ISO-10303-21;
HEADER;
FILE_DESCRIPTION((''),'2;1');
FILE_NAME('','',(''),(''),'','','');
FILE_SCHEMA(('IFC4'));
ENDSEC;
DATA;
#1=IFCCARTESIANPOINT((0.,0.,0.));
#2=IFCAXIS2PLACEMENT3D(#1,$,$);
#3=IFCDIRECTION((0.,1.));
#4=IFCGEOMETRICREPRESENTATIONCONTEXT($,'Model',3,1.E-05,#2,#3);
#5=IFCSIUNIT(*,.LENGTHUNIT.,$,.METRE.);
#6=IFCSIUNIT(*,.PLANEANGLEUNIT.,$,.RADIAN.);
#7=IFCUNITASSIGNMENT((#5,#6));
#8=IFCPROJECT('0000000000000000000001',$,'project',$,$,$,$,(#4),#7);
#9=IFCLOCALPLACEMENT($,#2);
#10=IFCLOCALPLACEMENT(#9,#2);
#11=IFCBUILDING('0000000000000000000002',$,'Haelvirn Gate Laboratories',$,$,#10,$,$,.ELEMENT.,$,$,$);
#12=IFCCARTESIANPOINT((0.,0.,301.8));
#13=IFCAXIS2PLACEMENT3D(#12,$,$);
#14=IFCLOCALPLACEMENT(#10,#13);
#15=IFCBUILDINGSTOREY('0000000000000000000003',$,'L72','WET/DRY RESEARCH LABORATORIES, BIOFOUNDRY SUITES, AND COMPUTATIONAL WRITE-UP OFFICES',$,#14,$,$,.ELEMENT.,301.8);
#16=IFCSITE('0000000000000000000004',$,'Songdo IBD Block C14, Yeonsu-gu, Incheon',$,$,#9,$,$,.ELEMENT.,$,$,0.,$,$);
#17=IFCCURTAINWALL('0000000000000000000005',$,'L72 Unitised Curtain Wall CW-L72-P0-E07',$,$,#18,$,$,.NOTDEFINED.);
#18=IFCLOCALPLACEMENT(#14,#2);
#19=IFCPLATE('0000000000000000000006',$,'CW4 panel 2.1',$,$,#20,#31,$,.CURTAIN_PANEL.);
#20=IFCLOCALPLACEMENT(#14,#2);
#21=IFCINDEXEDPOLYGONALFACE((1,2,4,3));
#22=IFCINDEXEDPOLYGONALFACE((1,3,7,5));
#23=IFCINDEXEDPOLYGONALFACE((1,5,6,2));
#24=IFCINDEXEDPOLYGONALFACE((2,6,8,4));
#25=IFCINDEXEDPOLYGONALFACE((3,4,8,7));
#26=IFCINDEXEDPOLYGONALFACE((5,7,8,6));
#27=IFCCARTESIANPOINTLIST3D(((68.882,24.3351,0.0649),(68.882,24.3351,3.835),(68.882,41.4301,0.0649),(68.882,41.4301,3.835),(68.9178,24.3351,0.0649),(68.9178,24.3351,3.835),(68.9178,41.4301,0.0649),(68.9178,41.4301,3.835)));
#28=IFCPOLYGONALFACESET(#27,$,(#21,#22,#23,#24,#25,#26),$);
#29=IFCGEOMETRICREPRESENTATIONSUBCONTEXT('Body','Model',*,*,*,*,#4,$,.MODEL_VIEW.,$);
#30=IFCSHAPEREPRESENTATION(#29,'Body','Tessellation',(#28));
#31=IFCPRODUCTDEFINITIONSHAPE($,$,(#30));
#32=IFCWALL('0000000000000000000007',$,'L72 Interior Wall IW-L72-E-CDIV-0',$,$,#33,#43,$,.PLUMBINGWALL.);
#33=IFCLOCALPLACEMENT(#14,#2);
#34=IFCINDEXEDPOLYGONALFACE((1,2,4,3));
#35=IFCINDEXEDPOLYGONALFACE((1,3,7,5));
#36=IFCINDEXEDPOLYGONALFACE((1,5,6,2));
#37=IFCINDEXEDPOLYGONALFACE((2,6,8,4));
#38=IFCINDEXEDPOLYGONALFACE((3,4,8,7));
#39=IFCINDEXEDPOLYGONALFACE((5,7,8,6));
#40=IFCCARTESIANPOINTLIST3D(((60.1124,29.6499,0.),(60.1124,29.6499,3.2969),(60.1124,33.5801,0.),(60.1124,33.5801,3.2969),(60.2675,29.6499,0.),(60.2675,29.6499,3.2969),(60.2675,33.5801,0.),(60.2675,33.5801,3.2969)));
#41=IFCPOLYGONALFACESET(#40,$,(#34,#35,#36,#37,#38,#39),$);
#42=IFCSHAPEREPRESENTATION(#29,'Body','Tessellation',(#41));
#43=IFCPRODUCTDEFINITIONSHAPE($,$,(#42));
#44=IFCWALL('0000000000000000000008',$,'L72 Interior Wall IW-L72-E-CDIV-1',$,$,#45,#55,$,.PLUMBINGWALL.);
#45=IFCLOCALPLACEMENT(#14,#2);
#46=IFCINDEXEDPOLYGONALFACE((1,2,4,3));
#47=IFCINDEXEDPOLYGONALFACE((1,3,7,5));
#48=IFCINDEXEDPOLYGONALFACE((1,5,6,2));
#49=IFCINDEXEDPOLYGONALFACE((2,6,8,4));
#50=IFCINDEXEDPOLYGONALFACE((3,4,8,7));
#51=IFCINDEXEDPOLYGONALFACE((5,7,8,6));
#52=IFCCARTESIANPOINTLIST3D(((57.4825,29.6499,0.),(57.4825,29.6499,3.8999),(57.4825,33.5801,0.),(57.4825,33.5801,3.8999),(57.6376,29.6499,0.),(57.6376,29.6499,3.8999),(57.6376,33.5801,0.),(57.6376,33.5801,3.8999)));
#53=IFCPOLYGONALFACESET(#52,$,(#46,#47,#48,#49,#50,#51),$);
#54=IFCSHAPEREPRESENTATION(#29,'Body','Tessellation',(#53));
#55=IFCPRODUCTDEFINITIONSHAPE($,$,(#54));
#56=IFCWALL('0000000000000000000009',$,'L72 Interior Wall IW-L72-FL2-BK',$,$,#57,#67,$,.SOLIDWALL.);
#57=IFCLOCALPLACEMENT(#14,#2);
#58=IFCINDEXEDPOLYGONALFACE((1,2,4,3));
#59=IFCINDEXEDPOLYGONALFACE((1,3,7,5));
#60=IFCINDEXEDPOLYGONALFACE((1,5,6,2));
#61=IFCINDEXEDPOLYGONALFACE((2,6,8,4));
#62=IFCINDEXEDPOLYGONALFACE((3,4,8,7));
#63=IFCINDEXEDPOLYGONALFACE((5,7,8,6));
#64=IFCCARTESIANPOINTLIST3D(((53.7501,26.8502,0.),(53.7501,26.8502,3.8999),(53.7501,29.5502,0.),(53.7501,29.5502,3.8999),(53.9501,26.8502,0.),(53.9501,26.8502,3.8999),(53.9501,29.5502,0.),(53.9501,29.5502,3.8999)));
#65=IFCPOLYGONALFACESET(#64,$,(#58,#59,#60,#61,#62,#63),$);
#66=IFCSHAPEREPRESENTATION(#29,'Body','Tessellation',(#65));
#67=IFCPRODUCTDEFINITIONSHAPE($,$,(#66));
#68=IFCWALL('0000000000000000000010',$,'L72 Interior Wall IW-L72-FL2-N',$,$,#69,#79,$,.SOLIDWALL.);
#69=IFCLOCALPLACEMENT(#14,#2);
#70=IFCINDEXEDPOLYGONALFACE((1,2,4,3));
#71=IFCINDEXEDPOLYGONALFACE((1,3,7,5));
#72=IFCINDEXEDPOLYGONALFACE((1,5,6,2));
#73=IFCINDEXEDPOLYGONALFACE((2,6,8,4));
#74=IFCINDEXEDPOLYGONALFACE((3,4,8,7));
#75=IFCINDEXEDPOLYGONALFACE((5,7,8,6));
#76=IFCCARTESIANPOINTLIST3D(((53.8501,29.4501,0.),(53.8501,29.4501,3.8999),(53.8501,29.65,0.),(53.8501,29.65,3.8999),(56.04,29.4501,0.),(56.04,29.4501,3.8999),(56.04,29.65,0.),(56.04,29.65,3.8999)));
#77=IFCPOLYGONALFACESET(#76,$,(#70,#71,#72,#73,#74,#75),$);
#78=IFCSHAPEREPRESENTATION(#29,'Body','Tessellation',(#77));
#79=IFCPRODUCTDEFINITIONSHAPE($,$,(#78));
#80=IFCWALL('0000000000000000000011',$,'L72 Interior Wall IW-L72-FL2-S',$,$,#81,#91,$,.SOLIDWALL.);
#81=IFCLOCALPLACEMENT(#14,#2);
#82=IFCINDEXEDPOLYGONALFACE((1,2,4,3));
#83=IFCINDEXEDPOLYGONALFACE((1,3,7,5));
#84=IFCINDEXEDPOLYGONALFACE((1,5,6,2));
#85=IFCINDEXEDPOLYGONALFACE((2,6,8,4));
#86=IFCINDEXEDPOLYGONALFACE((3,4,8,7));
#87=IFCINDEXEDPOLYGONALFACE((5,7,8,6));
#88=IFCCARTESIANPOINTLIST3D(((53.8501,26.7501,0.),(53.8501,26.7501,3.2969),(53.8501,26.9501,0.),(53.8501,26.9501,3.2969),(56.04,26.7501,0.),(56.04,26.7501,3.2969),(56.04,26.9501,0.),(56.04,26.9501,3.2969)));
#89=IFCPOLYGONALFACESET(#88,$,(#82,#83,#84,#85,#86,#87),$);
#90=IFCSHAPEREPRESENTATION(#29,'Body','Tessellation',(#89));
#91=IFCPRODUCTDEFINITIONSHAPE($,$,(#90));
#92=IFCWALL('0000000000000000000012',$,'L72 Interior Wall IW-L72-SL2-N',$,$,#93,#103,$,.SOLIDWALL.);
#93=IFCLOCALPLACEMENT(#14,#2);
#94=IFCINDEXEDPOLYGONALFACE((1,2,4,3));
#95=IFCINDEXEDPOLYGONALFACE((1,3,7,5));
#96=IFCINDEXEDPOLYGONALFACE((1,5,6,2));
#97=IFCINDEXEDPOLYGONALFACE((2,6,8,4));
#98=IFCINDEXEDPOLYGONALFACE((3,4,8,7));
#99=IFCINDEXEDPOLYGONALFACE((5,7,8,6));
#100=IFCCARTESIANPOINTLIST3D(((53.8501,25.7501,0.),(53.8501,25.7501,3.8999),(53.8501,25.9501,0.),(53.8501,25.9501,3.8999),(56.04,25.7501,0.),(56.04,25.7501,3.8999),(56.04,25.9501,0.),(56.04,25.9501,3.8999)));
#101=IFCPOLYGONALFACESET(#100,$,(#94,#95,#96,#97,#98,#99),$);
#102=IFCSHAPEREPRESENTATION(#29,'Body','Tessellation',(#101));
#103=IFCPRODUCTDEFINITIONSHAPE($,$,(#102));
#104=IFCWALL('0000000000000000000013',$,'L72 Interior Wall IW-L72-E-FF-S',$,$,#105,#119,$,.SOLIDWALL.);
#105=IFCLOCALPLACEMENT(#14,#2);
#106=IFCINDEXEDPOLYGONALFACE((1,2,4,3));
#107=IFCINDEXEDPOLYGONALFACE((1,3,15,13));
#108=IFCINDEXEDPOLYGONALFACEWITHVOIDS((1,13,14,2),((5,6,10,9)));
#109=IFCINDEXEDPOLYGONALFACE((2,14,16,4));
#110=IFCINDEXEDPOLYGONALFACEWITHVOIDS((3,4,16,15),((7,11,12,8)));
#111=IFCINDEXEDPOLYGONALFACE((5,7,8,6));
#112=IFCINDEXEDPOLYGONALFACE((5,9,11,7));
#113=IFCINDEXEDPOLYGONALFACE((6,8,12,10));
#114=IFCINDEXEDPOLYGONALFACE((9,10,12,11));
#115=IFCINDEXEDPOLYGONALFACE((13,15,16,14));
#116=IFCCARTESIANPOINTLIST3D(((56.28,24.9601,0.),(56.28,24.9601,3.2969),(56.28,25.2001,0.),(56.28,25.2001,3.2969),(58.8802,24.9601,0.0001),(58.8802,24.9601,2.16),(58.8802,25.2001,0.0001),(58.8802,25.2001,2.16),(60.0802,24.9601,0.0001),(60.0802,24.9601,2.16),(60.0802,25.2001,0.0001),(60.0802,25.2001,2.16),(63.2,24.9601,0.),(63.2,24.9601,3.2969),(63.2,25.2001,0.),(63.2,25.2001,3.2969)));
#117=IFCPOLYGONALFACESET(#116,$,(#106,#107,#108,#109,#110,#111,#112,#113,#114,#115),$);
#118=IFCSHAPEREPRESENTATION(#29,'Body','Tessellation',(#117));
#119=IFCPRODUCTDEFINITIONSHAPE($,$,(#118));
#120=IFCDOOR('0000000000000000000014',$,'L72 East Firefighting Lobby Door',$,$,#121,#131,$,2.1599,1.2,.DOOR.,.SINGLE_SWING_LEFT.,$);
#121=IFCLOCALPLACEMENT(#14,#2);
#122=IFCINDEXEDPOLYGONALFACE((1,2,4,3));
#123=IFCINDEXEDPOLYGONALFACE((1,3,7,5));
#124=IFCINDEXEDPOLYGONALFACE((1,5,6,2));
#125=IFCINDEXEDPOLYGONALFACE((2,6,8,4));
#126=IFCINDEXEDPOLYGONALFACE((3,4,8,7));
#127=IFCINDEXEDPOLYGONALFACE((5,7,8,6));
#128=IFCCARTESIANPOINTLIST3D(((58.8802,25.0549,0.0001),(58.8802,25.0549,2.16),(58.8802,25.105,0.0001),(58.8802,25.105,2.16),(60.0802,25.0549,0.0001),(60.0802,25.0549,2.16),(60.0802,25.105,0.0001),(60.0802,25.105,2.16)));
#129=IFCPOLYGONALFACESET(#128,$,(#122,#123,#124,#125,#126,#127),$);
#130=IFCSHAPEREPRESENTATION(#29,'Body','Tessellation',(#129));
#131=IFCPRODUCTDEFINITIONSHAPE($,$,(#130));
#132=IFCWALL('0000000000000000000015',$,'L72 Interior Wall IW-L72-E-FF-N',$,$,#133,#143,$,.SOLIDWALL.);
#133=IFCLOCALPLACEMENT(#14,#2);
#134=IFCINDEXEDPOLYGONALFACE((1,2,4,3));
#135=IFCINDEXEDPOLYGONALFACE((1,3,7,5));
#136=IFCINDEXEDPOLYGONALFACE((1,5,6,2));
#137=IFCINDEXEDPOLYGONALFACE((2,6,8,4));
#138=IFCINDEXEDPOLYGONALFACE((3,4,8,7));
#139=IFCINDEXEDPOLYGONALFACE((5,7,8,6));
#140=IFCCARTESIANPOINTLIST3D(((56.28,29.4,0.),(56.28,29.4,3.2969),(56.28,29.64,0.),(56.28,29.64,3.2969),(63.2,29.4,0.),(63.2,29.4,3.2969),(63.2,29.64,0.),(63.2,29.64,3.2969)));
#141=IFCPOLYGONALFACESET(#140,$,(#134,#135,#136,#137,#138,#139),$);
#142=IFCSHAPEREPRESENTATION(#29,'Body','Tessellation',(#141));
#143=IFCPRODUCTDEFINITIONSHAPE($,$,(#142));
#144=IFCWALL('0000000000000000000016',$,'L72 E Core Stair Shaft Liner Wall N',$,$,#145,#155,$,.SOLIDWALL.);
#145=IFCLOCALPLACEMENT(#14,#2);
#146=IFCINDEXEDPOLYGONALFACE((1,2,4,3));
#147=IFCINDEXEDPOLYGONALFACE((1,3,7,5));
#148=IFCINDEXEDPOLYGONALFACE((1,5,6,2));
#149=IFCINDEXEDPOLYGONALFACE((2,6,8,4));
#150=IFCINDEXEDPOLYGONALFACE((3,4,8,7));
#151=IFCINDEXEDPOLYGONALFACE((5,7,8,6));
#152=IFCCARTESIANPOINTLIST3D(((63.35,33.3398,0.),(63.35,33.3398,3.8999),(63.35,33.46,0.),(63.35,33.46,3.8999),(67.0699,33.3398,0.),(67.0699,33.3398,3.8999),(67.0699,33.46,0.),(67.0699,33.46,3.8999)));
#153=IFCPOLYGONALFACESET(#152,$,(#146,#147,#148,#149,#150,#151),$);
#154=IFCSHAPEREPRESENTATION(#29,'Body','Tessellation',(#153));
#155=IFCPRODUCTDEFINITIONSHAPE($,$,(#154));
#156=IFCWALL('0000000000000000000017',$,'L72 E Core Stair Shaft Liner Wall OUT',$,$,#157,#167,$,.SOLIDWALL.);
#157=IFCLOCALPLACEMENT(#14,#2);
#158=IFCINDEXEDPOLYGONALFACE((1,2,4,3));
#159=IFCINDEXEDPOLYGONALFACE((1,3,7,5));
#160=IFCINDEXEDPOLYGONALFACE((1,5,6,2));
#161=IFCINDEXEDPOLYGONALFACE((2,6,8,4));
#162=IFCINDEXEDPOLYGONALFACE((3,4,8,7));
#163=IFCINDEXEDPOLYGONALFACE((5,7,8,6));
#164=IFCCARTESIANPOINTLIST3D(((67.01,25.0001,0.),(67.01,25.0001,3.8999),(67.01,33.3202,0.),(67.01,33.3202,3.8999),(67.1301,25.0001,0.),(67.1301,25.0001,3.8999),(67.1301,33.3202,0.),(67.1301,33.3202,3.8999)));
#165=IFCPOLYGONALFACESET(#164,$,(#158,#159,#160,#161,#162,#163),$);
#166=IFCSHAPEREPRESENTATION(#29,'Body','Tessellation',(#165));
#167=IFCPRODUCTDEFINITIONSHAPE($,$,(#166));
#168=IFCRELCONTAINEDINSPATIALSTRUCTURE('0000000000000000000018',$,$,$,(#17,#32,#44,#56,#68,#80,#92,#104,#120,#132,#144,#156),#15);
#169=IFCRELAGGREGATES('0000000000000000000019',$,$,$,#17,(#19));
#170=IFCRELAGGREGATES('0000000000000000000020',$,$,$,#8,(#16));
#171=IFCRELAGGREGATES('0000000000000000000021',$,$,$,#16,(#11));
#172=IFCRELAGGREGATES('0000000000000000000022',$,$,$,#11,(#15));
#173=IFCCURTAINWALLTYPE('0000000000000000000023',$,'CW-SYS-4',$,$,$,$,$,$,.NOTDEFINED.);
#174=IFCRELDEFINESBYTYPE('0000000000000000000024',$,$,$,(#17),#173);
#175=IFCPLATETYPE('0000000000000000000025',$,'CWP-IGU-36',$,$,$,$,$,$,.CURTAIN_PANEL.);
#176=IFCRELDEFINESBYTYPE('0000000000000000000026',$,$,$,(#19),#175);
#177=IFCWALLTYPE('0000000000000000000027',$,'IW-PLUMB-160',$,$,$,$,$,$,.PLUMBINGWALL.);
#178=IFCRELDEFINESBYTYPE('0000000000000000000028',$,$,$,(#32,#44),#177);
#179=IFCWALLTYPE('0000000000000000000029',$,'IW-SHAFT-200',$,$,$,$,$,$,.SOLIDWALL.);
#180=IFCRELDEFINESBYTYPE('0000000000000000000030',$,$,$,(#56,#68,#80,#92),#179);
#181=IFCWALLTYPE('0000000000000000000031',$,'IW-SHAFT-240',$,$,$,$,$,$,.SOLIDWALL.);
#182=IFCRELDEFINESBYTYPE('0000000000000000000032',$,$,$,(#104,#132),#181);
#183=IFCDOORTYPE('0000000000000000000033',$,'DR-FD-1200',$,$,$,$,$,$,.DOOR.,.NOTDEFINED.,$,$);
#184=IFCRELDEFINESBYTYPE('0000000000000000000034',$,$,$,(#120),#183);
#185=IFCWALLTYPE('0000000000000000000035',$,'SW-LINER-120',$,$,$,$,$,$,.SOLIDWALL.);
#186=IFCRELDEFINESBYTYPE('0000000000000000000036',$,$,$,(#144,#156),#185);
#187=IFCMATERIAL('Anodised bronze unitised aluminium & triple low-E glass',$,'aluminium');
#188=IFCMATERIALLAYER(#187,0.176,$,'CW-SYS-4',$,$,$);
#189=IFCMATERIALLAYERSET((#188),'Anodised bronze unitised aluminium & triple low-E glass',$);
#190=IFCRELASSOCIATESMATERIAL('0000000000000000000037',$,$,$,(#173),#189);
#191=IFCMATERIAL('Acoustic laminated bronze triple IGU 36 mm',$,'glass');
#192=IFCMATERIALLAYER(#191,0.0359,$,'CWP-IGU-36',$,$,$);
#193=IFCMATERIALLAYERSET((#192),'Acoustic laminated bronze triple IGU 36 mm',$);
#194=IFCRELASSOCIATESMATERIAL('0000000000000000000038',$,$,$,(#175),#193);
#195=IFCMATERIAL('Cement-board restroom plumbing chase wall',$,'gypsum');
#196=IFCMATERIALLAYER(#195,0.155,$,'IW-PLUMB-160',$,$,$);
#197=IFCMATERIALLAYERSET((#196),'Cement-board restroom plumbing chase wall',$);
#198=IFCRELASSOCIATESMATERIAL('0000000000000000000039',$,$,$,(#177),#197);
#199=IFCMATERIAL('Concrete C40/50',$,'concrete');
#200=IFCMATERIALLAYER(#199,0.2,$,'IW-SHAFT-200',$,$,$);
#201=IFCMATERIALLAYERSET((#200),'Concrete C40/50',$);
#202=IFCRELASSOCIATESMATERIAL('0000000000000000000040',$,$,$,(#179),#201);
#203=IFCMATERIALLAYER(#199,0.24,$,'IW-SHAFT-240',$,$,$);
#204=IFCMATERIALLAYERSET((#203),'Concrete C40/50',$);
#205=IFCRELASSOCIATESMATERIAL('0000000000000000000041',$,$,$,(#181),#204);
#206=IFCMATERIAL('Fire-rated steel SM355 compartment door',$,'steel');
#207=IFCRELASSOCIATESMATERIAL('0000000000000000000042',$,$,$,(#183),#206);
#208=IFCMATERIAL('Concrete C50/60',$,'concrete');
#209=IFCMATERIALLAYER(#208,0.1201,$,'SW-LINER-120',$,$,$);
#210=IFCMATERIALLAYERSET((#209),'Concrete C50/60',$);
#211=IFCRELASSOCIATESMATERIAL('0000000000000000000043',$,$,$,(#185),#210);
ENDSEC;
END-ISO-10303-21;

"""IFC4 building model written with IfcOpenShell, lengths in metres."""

from ifc_helpers import new_model, si_unit, direction, frame, frame_2d, origin, origin_2d, place, context, subcontext, project, spatial, rectangle, extrude, source, transform, mapped, material, layer, layer_set, type_object, type_shapes, element, fill, aggregate, save


model = new_model("IFC4")

# Units and contexts
model_context = context("Model", 3, precision=1e-05, world=origin(), true_north=direction((0.0, 1.0)))
body_context = subcontext(model_context, "Body", "Model", "MODEL_VIEW")
ifc_project = project(units=[si_unit("LENGTHUNIT", "METRE"), si_unit("PLANEANGLEUNIT", "RADIAN")], contexts=[model_context])

# Site, building, storey
site_placement = place(None, origin())
site = spatial("IfcSite", under=ifc_project, at=site_placement, Name="Songdo IBD Block C14, Yeonsu-gu, Incheon", CompositionType="ELEMENT", RefElevation=0.0)
building_placement = place(site_placement, origin())
building = spatial("IfcBuilding", under=site, at=building_placement, Name="Haelvirn Gate Laboratories", CompositionType="ELEMENT")
storey_placement = place(building_placement, frame((0.0, 0.0, 301.8)))
storey = spatial("IfcBuildingStorey", under=building, at=storey_placement, Name="L72", Description="WET/DRY RESEARCH LABORATORIES, BIOFOUNDRY SUITES, AND COMPUTATIONAL WRITE-UP OFFICES", CompositionType="ELEMENT", Elevation=301.8)

# Curtain wall, plate
ifc_material_1 = material(Name="Anodised bronze unitised aluminium & triple low-E glass", Category="aluminium")
ifc_layer_1 = layer(ifc_material_1, 0.176, Name="CW-SYS-4")
ifc_layer_set_1 = layer_set([ifc_layer_1], Name="Anodised bronze unitised aluminium & triple low-E glass")
curtain_wall_type = type_object("IfcCurtainWallType", Name="CW-SYS-4", PredefinedType="NOTDEFINED", material=ifc_layer_set_1)
curtain_wall_placement = place(storey_placement, origin())
curtain_wall = element("IfcCurtainWall", 1, at=curtain_wall_placement, inside=storey, type_object=curtain_wall_type, Name="L72 Unitised Curtain Wall CW-L72-P0-E07", PredefinedType="NOTDEFINED")
ifc_material_2 = material(Name="Acoustic laminated bronze triple IGU 36 mm", Category="glass")
ifc_layer_2 = layer(ifc_material_2, 0.0359, Name="CWP-IGU-36")
ifc_layer_set_2 = layer_set([ifc_layer_2], Name="Acoustic laminated bronze triple IGU 36 mm")
plate_type = type_object("IfcPlateType", Name="CWP-IGU-36", PredefinedType="CURTAIN_PANEL", material=ifc_layer_set_2)
shared_shape_1 = source(origin(), body_context, "Body", "SweptSolid", [
    extrude(rectangle(XDim=17.095, YDim=0.0359, at=origin_2d()), origin(), (0.0, 0.0, 1.0), 3.77),
])
type_shapes(plate_type, [shared_shape_1])
plate_placement = place(storey_placement, frame((68.8999, 32.8826, 0.0649), z_axis=(0.0, 0.0, 1.0), x_axis=(0.0, 1.0, 0.0)))
plate = element("IfcPlate", 2, at=plate_placement, type_object=plate_type, Name="CW4 panel 2.1", PredefinedType="CURTAIN_PANEL", context=body_context, shape_type="MappedRepresentation", body=[
    mapped(shared_shape_1, transform((0.0, 0.0, 0.0), scale=1.0)),
])
aggregate(curtain_wall, [plate])

# Walls
ifc_material_3 = material(Name="Cement-board restroom plumbing chase wall", Category="gypsum")
ifc_layer_3 = layer(ifc_material_3, 0.155, Name="IW-PLUMB-160")
ifc_layer_set_3 = layer_set([ifc_layer_3], Name="Cement-board restroom plumbing chase wall")
wall_type_1 = type_object("IfcWallType", Name="IW-PLUMB-160", PredefinedType="PLUMBINGWALL", material=ifc_layer_set_3)
wall_1_placement = place(storey_placement, frame((60.1899, 29.6499, 0.0), z_axis=(0.0, 0.0, 1.0), x_axis=(0.0, 1.0, 0.0)))
element("IfcWall", 3, at=wall_1_placement, inside=storey, type_object=wall_type_1, Name="L72 Interior Wall IW-L72-E-CDIV-0", PredefinedType="PLUMBINGWALL", context=body_context, shape_type="SweptSolid", body=[
    extrude(rectangle(XDim=3.9302, YDim=0.155, at=frame_2d((1.9651, 0.0))), origin(), (0.0, 0.0, 1.0), 3.2969),
])
wall_2_placement = place(storey_placement, frame((57.5601, 29.6499, 0.0), z_axis=(0.0, 0.0, 1.0), x_axis=(0.0, 1.0, 0.0)))
element("IfcWall", 4, at=wall_2_placement, inside=storey, type_object=wall_type_1, Name="L72 Interior Wall IW-L72-E-CDIV-1", PredefinedType="PLUMBINGWALL", context=body_context, shape_type="SweptSolid", body=[
    extrude(rectangle(XDim=3.9302, YDim=0.155, at=frame_2d((1.9651, 0.0))), origin(), (0.0, 0.0, 1.0), 3.8999),
])
ifc_material_4 = material(Name="Concrete C40/50", Category="concrete")
ifc_layer_4 = layer(ifc_material_4, 0.2, Name="IW-SHAFT-200")
ifc_layer_set_4 = layer_set([ifc_layer_4], Name="Concrete C40/50")
wall_type_2 = type_object("IfcWallType", Name="IW-SHAFT-200", PredefinedType="SOLIDWALL", material=ifc_layer_set_4)
wall_3_placement = place(storey_placement, frame((53.8501, 26.8501, 0.0), z_axis=(0.0, 0.0, 1.0), x_axis=(0.0, 1.0, 0.0)))
element("IfcWall", 5, at=wall_3_placement, inside=storey, type_object=wall_type_2, Name="L72 Interior Wall IW-L72-FL2-BK", PredefinedType="SOLIDWALL", context=body_context, shape_type="SweptSolid", body=[
    extrude(rectangle(XDim=2.7, YDim=0.2, at=frame_2d((1.3501, 0.0))), origin(), (0.0, 0.0, 1.0), 3.8999),
])
wall_4_placement = place(storey_placement, frame((53.8501, 29.55, 0.0), z_axis=(0.0, 0.0, 1.0), x_axis=(1.0, 0.0, 0.0)))
element("IfcWall", 6, at=wall_4_placement, inside=storey, type_object=wall_type_2, Name="L72 Interior Wall IW-L72-FL2-N", PredefinedType="SOLIDWALL", context=body_context, shape_type="SweptSolid", body=[
    extrude(rectangle(XDim=2.1899, YDim=0.2, at=frame_2d((1.095, 0.0))), origin(), (0.0, 0.0, 1.0), 3.8999),
])
wall_5_placement = place(storey_placement, frame((53.8501, 26.8501, 0.0), z_axis=(0.0, 0.0, 1.0), x_axis=(1.0, 0.0, 0.0)))
element("IfcWall", 7, at=wall_5_placement, inside=storey, type_object=wall_type_2, Name="L72 Interior Wall IW-L72-FL2-S", PredefinedType="SOLIDWALL", context=body_context, shape_type="SweptSolid", body=[
    extrude(rectangle(XDim=2.1899, YDim=0.2, at=frame_2d((1.095, 0.0))), origin(), (0.0, 0.0, 1.0), 3.2969),
])
wall_6_placement = place(storey_placement, frame((53.8501, 25.8501, 0.0), z_axis=(0.0, 0.0, 1.0), x_axis=(1.0, 0.0, 0.0)))
element("IfcWall", 8, at=wall_6_placement, inside=storey, type_object=wall_type_2, Name="L72 Interior Wall IW-L72-SL2-N", PredefinedType="SOLIDWALL", context=body_context, shape_type="SweptSolid", body=[
    extrude(rectangle(XDim=2.1899, YDim=0.2, at=frame_2d((1.095, 0.0))), origin(), (0.0, 0.0, 1.0), 3.8999),
])

# Wall, opening, door
ifc_layer_5 = layer(ifc_material_4, 0.24, Name="IW-SHAFT-240")
ifc_layer_set_5 = layer_set([ifc_layer_5], Name="Concrete C40/50")
wall_type_3 = type_object("IfcWallType", Name="IW-SHAFT-240", PredefinedType="SOLIDWALL", material=ifc_layer_set_5)
wall_7_placement = place(storey_placement, frame((56.28, 25.0801, 0.0), z_axis=(0.0, 0.0, 1.0), x_axis=(1.0, 0.0, 0.0)))
wall_7 = element("IfcWall", 9, at=wall_7_placement, inside=storey, type_object=wall_type_3, Name="L72 Interior Wall IW-L72-E-FF-S", PredefinedType="SOLIDWALL", context=body_context, shape_type="SweptSolid", body=[
    extrude(rectangle(XDim=6.9199, YDim=0.24, at=frame_2d((3.46, 0.0))), origin(), (0.0, 0.0, 1.0), 3.2969),
])
opening_1_placement = place(wall_7_placement, frame((2.6001, 0.0, 0.0)))
opening_1 = element("IfcOpeningElement", 10, at=opening_1_placement, cuts=wall_7, PredefinedType="OPENING", context=body_context, shape_type="SweptSolid", body=[
    extrude(rectangle(XDim=1.2, YDim=2.1599, at=frame_2d((0.6001, 1.0801))), frame((0.0, 0.1299, 0.0), z_axis=(0.0, -1.0, 0.0), x_axis=(1.0, 0.0, 0.0)), (0.0, 0.0, 1.0), 0.26),
])
ifc_material_5 = material(Name="Fire-rated steel SM355 compartment door", Category="steel")
door_type_1 = type_object("IfcDoorType", Name="DR-FD-1200", OperationType="NOTDEFINED", PredefinedType="DOOR", material=ifc_material_5)
shared_shape_2 = source(origin(), body_context, "Body", "SweptSolid", [
    extrude(rectangle(XDim=1.2, YDim=2.1599, at=frame_2d((0.6001, 1.0801))), frame((0.0, 0.0249, 0.0), z_axis=(0.0, -1.0, 0.0), x_axis=(1.0, 0.0, 0.0)), (0.0, 0.0, 1.0), 0.05),
])
type_shapes(door_type_1, [shared_shape_2])
door_1_placement = place(opening_1_placement, origin())
door_1 = element("IfcDoor", 11, at=door_1_placement, inside=storey, type_object=door_type_1, Name="L72 East Firefighting Lobby Door", OperationType="SINGLE_SWING_LEFT", OverallHeight=2.1599, OverallWidth=1.2, PredefinedType="DOOR", context=body_context, shape_type="MappedRepresentation", body=[
    mapped(shared_shape_2, transform((0.0, 0.0, 0.0), scale=1.0)),
])
fill(opening_1, door_1)

# Walls
wall_8_placement = place(storey_placement, frame((56.28, 29.52, 0.0), z_axis=(0.0, 0.0, 1.0), x_axis=(1.0, 0.0, 0.0)))
element("IfcWall", 12, at=wall_8_placement, inside=storey, type_object=wall_type_3, Name="L72 Interior Wall IW-L72-E-FF-N", PredefinedType="SOLIDWALL", context=body_context, shape_type="SweptSolid", body=[
    extrude(rectangle(XDim=6.9199, YDim=0.24, at=frame_2d((3.46, 0.0))), origin(), (0.0, 0.0, 1.0), 3.2969),
])
ifc_material_6 = material(Name="Concrete C50/60", Category="concrete")
ifc_layer_6 = layer(ifc_material_6, 0.1201, Name="SW-LINER-120")
ifc_layer_set_6 = layer_set([ifc_layer_6], Name="Concrete C50/60")
wall_type_4 = type_object("IfcWallType", Name="SW-LINER-120", PredefinedType="SOLIDWALL", material=ifc_layer_set_6)
wall_9_placement = place(storey_placement, frame((63.3501, 33.3999, 0.0), z_axis=(0.0, 0.0, 1.0), x_axis=(1.0, 0.0, 0.0)))
element("IfcWall", 13, at=wall_9_placement, inside=storey, type_object=wall_type_4, Name="L72 E Core Stair Shaft Liner Wall N", PredefinedType="SOLIDWALL", context=body_context, shape_type="SweptSolid", body=[
    extrude(rectangle(XDim=3.72, YDim=0.1201, at=frame_2d((1.8599, 0.0))), origin(), (0.0, 0.0, 1.0), 3.8999),
])
wall_10_placement = place(storey_placement, frame((67.0701, 25.0, 0.0), z_axis=(0.0, 0.0, 1.0), x_axis=(0.0, 1.0, 0.0)))
element("IfcWall", 14, at=wall_10_placement, inside=storey, type_object=wall_type_4, Name="L72 E Core Stair Shaft Liner Wall OUT", PredefinedType="SOLIDWALL", context=body_context, shape_type="SweptSolid", body=[
    extrude(rectangle(XDim=8.3201, YDim=0.1201, at=frame_2d((4.1602, 0.0))), origin(), (0.0, 0.0, 1.0), 3.8999),
])

save(model, "model.ifc")
